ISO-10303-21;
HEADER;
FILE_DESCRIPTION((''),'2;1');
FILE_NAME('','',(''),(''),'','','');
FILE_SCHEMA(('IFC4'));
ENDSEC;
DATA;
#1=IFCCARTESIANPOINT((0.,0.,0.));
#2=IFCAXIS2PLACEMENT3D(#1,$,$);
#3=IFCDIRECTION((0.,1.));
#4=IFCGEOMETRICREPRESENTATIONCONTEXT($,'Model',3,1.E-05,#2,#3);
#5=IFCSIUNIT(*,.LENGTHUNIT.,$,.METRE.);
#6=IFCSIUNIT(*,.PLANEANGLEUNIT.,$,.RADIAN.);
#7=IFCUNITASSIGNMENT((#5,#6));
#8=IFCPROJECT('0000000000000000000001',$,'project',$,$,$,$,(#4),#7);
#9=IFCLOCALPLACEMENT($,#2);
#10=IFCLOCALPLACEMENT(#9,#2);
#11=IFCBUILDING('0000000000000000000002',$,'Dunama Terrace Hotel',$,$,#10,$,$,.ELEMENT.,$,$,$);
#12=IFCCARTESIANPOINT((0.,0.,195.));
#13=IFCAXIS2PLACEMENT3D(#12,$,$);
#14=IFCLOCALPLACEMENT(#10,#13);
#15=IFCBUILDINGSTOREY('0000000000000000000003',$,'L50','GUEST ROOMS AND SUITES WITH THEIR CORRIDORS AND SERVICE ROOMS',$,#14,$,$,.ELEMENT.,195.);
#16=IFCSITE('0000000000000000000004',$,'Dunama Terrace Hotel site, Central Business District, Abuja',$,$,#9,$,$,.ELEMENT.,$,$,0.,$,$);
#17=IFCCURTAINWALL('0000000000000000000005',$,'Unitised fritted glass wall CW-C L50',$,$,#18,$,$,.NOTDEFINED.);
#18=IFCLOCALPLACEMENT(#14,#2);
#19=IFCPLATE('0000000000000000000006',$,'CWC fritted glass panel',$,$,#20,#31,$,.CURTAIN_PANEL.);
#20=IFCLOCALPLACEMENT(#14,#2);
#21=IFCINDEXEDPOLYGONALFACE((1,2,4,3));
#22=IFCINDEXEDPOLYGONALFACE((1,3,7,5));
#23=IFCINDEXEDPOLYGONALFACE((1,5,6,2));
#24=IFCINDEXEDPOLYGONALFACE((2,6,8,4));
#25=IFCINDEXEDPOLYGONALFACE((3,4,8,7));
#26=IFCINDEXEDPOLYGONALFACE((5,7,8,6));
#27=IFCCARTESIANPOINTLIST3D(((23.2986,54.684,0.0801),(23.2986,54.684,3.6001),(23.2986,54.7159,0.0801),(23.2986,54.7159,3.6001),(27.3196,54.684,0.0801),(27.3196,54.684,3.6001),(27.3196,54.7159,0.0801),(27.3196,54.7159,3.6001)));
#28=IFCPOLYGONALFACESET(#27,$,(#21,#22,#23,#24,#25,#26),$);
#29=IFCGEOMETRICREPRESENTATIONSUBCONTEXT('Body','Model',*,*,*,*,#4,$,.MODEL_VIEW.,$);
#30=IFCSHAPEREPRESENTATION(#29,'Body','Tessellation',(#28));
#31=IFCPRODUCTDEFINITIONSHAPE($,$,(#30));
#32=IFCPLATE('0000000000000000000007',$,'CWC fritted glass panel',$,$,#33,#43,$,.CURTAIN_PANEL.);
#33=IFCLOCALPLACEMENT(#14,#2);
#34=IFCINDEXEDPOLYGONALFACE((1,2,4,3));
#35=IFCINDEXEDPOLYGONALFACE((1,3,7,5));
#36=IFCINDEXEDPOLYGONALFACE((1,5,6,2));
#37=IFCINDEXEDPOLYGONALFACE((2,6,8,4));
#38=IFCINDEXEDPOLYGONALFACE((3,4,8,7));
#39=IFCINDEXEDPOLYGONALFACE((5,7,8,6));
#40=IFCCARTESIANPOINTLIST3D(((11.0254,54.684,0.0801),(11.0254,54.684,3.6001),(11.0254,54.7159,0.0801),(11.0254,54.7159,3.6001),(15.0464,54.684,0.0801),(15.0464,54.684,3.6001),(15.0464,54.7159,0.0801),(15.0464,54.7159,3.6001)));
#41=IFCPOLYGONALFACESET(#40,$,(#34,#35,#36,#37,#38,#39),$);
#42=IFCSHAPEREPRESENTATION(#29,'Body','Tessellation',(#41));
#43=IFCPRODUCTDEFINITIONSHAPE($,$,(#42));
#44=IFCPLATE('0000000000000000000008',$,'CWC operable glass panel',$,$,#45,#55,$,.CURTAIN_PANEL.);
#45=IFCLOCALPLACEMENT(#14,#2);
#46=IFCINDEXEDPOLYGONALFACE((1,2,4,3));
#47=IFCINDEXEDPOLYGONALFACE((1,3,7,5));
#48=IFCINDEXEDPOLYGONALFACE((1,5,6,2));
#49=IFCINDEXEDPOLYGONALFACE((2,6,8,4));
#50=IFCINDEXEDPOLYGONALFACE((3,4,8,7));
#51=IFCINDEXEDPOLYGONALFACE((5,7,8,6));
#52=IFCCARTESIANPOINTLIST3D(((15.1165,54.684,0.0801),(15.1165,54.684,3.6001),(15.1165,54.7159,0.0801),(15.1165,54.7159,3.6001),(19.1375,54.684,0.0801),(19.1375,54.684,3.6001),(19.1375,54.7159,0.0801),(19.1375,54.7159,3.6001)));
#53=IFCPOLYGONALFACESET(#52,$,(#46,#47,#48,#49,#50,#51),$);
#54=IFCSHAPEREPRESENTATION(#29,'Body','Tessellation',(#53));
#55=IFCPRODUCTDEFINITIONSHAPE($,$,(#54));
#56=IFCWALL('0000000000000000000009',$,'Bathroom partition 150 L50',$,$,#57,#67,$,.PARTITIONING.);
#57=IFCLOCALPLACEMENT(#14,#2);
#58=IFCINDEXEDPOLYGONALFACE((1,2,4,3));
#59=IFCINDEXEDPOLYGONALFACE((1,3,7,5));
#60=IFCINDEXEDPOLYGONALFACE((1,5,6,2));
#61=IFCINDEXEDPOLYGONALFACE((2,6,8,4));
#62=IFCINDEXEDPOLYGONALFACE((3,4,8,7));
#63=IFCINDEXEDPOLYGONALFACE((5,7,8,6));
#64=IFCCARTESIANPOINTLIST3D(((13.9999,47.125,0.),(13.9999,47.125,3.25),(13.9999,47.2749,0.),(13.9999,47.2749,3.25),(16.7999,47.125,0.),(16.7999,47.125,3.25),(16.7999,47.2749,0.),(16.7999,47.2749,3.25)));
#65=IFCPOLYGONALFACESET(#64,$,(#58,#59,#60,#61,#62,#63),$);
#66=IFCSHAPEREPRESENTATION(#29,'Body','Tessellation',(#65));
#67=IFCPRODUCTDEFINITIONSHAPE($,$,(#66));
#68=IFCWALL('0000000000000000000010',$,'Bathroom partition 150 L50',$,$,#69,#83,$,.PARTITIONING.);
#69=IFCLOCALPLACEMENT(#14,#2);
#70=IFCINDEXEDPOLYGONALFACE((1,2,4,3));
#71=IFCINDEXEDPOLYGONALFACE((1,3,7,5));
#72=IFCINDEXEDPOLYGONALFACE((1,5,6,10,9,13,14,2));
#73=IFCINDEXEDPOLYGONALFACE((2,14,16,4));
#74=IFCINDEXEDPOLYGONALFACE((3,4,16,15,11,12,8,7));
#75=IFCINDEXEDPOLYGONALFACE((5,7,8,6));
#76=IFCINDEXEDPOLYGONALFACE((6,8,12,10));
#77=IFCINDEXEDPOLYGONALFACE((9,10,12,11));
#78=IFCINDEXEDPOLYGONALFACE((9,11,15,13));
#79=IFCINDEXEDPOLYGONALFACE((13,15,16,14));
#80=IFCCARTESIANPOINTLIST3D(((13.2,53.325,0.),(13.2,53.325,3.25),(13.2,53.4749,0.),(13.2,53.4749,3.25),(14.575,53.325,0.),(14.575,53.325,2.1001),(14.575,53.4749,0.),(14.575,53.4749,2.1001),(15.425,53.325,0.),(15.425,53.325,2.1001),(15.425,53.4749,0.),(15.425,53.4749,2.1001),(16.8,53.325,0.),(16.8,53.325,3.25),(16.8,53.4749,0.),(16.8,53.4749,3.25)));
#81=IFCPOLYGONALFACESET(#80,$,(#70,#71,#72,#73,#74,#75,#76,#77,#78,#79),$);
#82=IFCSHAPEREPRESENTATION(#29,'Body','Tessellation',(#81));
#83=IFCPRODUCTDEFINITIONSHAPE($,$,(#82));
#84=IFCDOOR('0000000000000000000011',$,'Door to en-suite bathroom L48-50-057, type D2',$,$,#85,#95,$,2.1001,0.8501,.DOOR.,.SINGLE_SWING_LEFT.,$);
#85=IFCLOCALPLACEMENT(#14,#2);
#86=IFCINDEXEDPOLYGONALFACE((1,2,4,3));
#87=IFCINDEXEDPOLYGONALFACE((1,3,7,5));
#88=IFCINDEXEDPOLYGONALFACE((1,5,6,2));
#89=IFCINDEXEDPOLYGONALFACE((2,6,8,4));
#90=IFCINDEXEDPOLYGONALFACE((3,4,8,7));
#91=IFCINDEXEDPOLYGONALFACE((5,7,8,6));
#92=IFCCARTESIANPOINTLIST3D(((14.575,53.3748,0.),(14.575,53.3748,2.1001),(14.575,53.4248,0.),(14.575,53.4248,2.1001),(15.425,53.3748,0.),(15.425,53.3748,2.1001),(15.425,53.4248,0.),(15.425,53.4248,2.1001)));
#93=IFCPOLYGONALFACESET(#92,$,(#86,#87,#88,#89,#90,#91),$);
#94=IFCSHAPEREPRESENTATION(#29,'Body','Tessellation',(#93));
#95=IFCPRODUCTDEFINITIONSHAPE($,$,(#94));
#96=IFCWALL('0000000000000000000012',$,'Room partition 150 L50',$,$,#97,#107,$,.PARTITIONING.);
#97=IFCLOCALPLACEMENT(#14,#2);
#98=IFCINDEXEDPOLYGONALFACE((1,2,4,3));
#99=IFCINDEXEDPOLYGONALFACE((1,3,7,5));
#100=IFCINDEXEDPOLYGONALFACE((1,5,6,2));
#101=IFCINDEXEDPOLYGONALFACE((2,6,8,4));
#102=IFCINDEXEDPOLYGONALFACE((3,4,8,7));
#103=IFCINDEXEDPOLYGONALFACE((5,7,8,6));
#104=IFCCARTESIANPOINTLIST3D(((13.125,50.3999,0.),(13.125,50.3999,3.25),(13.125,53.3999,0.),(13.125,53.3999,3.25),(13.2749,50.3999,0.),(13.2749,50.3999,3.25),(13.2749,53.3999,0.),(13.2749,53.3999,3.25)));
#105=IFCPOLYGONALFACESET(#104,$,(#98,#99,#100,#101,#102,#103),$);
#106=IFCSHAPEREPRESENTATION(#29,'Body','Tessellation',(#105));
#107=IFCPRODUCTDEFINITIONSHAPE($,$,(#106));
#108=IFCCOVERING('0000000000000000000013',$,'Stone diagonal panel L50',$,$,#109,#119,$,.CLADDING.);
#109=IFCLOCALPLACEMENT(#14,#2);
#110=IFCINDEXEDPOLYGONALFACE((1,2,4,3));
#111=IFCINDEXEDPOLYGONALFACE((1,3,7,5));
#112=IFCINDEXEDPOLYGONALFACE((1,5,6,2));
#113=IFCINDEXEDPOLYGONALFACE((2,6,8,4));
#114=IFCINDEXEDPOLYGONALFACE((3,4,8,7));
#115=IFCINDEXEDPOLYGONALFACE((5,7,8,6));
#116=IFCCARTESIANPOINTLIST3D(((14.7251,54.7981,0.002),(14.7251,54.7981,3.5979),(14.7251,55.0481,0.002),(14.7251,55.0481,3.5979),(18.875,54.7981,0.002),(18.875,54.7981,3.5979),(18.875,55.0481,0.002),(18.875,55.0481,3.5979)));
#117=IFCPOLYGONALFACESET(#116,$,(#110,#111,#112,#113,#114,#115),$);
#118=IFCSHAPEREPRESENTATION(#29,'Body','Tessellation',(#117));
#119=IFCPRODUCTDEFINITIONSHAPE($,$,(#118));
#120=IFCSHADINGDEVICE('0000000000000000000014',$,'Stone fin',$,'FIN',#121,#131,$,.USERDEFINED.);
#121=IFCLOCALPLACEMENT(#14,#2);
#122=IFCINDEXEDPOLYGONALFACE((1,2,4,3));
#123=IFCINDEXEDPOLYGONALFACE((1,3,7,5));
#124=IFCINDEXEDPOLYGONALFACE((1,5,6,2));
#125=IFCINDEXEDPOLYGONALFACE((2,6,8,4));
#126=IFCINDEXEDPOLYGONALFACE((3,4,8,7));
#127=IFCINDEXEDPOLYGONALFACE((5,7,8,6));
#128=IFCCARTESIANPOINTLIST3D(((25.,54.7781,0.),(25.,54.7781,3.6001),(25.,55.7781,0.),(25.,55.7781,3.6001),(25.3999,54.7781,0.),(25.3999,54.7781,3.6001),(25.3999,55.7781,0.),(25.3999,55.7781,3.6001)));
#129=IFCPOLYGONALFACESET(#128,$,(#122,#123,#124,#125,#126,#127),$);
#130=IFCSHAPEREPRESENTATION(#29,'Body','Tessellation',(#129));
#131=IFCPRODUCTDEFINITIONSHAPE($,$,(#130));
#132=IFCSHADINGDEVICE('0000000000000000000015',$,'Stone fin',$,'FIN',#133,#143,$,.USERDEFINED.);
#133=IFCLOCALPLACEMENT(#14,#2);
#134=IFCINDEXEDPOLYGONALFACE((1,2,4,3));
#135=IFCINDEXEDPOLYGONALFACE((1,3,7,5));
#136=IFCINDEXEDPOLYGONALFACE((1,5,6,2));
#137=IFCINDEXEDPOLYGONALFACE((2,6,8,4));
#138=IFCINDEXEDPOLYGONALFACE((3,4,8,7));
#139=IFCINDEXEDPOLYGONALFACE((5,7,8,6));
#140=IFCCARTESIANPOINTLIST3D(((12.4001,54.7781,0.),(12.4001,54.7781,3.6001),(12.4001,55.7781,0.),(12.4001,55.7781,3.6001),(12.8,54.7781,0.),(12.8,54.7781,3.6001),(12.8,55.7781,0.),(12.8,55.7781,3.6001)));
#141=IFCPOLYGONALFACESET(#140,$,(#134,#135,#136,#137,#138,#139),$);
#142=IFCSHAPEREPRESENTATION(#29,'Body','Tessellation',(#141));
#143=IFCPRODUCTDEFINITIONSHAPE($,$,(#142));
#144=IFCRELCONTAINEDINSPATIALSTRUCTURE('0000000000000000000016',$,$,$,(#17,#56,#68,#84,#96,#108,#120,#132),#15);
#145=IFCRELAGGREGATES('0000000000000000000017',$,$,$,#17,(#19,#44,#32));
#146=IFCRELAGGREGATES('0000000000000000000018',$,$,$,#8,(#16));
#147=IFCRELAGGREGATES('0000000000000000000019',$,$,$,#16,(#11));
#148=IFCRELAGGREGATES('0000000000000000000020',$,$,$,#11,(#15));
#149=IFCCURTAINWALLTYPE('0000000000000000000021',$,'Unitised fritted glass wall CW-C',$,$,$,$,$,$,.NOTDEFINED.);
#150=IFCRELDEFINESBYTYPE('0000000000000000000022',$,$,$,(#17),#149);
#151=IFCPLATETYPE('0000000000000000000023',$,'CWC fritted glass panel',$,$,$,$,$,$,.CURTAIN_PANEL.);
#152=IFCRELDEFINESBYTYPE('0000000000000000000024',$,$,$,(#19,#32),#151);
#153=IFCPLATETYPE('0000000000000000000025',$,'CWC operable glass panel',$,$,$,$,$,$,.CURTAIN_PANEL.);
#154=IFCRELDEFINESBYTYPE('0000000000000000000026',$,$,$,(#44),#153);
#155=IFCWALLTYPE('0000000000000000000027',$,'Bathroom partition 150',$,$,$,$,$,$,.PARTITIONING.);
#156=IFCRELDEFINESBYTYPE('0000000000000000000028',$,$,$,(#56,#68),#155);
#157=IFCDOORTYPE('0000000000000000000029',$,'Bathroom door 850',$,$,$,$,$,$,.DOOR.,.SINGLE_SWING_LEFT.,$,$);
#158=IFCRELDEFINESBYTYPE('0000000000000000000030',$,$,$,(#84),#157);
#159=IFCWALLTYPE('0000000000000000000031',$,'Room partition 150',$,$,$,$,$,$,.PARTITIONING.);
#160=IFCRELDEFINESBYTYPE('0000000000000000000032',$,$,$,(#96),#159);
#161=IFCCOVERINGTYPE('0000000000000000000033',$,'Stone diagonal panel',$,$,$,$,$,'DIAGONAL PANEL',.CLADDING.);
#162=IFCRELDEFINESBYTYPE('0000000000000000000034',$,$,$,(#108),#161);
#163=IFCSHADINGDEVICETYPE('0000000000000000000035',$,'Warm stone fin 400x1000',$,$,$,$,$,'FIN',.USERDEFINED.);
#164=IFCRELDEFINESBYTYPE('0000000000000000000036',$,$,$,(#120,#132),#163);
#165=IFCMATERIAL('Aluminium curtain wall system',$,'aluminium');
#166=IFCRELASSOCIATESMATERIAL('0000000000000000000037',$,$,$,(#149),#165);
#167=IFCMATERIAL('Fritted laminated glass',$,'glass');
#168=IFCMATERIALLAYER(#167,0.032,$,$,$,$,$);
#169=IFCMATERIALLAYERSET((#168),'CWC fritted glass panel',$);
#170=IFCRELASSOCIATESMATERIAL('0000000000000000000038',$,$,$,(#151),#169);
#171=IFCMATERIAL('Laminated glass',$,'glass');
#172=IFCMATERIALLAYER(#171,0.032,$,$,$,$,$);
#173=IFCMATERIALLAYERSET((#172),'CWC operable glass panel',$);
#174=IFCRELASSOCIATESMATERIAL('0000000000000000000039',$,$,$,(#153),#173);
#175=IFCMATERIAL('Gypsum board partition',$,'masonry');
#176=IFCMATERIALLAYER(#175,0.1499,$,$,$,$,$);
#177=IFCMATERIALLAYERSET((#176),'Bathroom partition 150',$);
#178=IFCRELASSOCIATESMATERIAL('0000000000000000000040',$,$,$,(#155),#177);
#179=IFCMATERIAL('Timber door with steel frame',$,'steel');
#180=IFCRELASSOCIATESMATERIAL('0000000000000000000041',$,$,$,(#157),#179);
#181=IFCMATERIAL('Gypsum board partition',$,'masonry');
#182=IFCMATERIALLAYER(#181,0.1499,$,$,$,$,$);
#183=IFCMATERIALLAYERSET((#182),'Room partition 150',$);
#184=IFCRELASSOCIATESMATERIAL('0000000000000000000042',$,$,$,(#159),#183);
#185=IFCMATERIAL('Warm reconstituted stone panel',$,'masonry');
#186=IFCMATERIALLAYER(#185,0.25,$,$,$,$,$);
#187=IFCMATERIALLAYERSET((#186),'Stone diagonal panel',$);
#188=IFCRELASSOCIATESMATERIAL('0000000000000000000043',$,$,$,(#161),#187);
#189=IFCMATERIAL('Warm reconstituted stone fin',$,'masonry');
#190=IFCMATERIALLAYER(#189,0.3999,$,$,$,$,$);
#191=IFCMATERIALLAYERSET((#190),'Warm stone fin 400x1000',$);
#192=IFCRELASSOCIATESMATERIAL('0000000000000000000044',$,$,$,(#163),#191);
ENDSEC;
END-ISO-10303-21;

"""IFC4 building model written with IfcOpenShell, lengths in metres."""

from ifc_helpers import new_model, si_unit, direction, frame, frame_2d, origin, origin_2d, place, context, subcontext, project, spatial, rectangle, extrude, material, layer, layer_set, type_object, element, fill, aggregate, save


model = new_model("IFC4")

# Units and contexts
model_context = context("Model", 3, precision=1e-05, world=origin(), true_north=direction((0.0, 1.0)))
body_context = subcontext(model_context, "Body", "Model", "MODEL_VIEW")
ifc_project = project(units=[si_unit("LENGTHUNIT", "METRE"), si_unit("PLANEANGLEUNIT", "RADIAN")], contexts=[model_context])

# Site, building, storey
site_placement = place(None, origin())
site = spatial("IfcSite", under=ifc_project, at=site_placement, Name="Dunama Terrace Hotel site, Central Business District, Abuja", CompositionType="ELEMENT", RefElevation=0.0)
building_placement = place(site_placement, origin())
building = spatial("IfcBuilding", under=site, at=building_placement, Name="Dunama Terrace Hotel", CompositionType="ELEMENT")
storey_placement = place(building_placement, frame((0.0, 0.0, 195.0)))
storey = spatial("IfcBuildingStorey", under=building, at=storey_placement, Name="L50", Description="GUEST ROOMS AND SUITES WITH THEIR CORRIDORS AND SERVICE ROOMS", CompositionType="ELEMENT", Elevation=195.0)

# Curtain wall
ifc_material_1 = material(Name="Aluminium curtain wall system", Category="aluminium")
curtain_wall_type = type_object("IfcCurtainWallType", Name="Unitised fritted glass wall CW-C", PredefinedType="NOTDEFINED", material=ifc_material_1)
curtain_wall_placement = place(storey_placement, origin())
curtain_wall = element("IfcCurtainWall", 1, at=curtain_wall_placement, inside=storey, type_object=curtain_wall_type, Name="Unitised fritted glass wall CW-C L50", PredefinedType="NOTDEFINED")

# Plates
ifc_material_2 = material(Name="Fritted laminated glass", Category="glass")
ifc_layer_1 = layer(ifc_material_2, 0.032)
ifc_layer_set_1 = layer_set([ifc_layer_1], Name="CWC fritted glass panel")
plate_type_1 = type_object("IfcPlateType", Name="CWC fritted glass panel", PredefinedType="CURTAIN_PANEL", material=ifc_layer_set_1)
plate_1_placement = place(storey_placement, frame((25.3091, 54.7, 0.0801), z_axis=(0.0, 0.0, 1.0), x_axis=(-1.0, 0.0, 0.0)))
plate_1 = element("IfcPlate", 2, at=plate_1_placement, type_object=plate_type_1, Name="CWC fritted glass panel", PredefinedType="CURTAIN_PANEL", context=body_context, shape_type="SweptSolid", body=[
    extrude(rectangle(XDim=4.021, YDim=0.032, at=origin_2d()), origin(), (0.0, 0.0, 1.0), 3.52),
])
plate_2_placement = place(storey_placement, frame((13.0359, 54.7, 0.0801), z_axis=(0.0, 0.0, 1.0), x_axis=(-1.0, 0.0, 0.0)))
plate_2 = element("IfcPlate", 3, at=plate_2_placement, type_object=plate_type_1, Name="CWC fritted glass panel", PredefinedType="CURTAIN_PANEL", context=body_context, shape_type="SweptSolid", body=[
    extrude(rectangle(XDim=4.021, YDim=0.032, at=origin_2d()), origin(), (0.0, 0.0, 1.0), 3.52),
])
ifc_material_3 = material(Name="Laminated glass", Category="glass")
ifc_layer_2 = layer(ifc_material_3, 0.032)
ifc_layer_set_2 = layer_set([ifc_layer_2], Name="CWC operable glass panel")
plate_type_2 = type_object("IfcPlateType", Name="CWC operable glass panel", PredefinedType="CURTAIN_PANEL", material=ifc_layer_set_2)
plate_3_placement = place(storey_placement, frame((17.127, 54.7, 0.0801), z_axis=(0.0, 0.0, 1.0), x_axis=(-1.0, 0.0, 0.0)))
plate_3 = element("IfcPlate", 4, at=plate_3_placement, type_object=plate_type_2, Name="CWC operable glass panel", PredefinedType="CURTAIN_PANEL", context=body_context, shape_type="SweptSolid", body=[
    extrude(rectangle(XDim=4.021, YDim=0.032, at=origin_2d()), origin(), (0.0, 0.0, 1.0), 3.52),
])
aggregate(curtain_wall, [plate_1, plate_3, plate_2])

# Wall
ifc_material_4 = material(Name="Gypsum board partition", Category="masonry")
ifc_layer_3 = layer(ifc_material_4, 0.1499)
ifc_layer_set_3 = layer_set([ifc_layer_3], Name="Bathroom partition 150")
wall_type_1 = type_object("IfcWallType", Name="Bathroom partition 150", PredefinedType="PARTITIONING", material=ifc_layer_set_3)
wall_1_placement = place(storey_placement, frame((14.0, 47.2, 0.0), z_axis=(0.0, 0.0, 1.0), x_axis=(1.0, 0.0, 0.0)))
element("IfcWall", 5, at=wall_1_placement, inside=storey, type_object=wall_type_1, Name="Bathroom partition 150 L50", PredefinedType="PARTITIONING", context=body_context, shape_type="SweptSolid", body=[
    extrude(rectangle(XDim=2.8, YDim=0.1499, at=frame_2d((1.3999, 0.0))), origin(), (0.0, 0.0, 1.0), 3.25),
])

# Wall, opening, door
wall_2_placement = place(storey_placement, frame((13.2, 53.3999, 0.0), z_axis=(0.0, 0.0, 1.0), x_axis=(1.0, 0.0, 0.0)))
wall_2 = element("IfcWall", 6, at=wall_2_placement, inside=storey, type_object=wall_type_1, Name="Bathroom partition 150 L50", PredefinedType="PARTITIONING", context=body_context, shape_type="SweptSolid", body=[
    extrude(rectangle(XDim=3.6001, YDim=0.1499, at=frame_2d((1.8, 0.0))), origin(), (0.0, 0.0, 1.0), 3.25),
])
opening_placement = place(wall_2_placement, frame((1.375, 0.0, 0.0)))
opening = element("IfcOpeningElement", 7, at=opening_placement, cuts=wall_2, PredefinedType="OPENING", context=body_context, shape_type="SweptSolid", body=[
    extrude(rectangle(XDim=0.8501, YDim=2.1001, at=frame_2d((0.425, 1.05))), frame((0.0, 0.085, 0.0), z_axis=(0.0, -1.0, 0.0), x_axis=(1.0, 0.0, 0.0)), (0.0, 0.0, 1.0), 0.1699),
])
ifc_material_5 = material(Name="Timber door with steel frame", Category="steel")
door_type = type_object("IfcDoorType", Name="Bathroom door 850", OperationType="SINGLE_SWING_LEFT", PredefinedType="DOOR", material=ifc_material_5)
door_placement = place(opening_placement, frame((0.8501, 0.0, 0.0), z_axis=(0.0, 0.0, 1.0), x_axis=(-1.0, 0.0, 0.0)))
door = element("IfcDoor", 8, at=door_placement, inside=storey, type_object=door_type, Name="Door to en-suite bathroom L48-50-057, type D2", OperationType="SINGLE_SWING_LEFT", OverallHeight=2.1001, OverallWidth=0.8501, PredefinedType="DOOR", context=body_context, shape_type="SweptSolid", body=[
    extrude(rectangle(XDim=0.8501, YDim=2.1001, at=frame_2d((0.425, 1.05))), frame((0.0, 0.0251, 0.0), z_axis=(0.0, -1.0, 0.0), x_axis=(1.0, 0.0, 0.0)), (0.0, 0.0, 1.0), 0.05),
])
fill(opening, door)

# Wall
ifc_material_6 = material(Name="Gypsum board partition", Category="masonry")
ifc_layer_4 = layer(ifc_material_6, 0.1499)
ifc_layer_set_4 = layer_set([ifc_layer_4], Name="Room partition 150")
wall_type_2 = type_object("IfcWallType", Name="Room partition 150", PredefinedType="PARTITIONING", material=ifc_layer_set_4)
wall_3_placement = place(storey_placement, frame((13.2, 50.3999, 0.0), z_axis=(0.0, 0.0, 1.0), x_axis=(0.0, 1.0, 0.0)))
element("IfcWall", 9, at=wall_3_placement, inside=storey, type_object=wall_type_2, Name="Room partition 150 L50", PredefinedType="PARTITIONING", context=body_context, shape_type="SweptSolid", body=[
    extrude(rectangle(XDim=3.0, YDim=0.1499, at=frame_2d((1.5, 0.0))), origin(), (0.0, 0.0, 1.0), 3.25),
])

# Covering
ifc_material_7 = material(Name="Warm reconstituted stone panel", Category="masonry")
ifc_layer_5 = layer(ifc_material_7, 0.25)
ifc_layer_set_5 = layer_set([ifc_layer_5], Name="Stone diagonal panel")
covering_type = type_object("IfcCoveringType", Name="Stone diagonal panel", ElementType="DIAGONAL PANEL", PredefinedType="CLADDING", material=ifc_layer_set_5)
covering_placement = place(storey_placement, frame((16.8, 54.9231, 0.002), z_axis=(0.0, 0.0, 1.0), x_axis=(-1.0, 0.0, 0.0)))
element("IfcCovering", 10, at=covering_placement, inside=storey, type_object=covering_type, Name="Stone diagonal panel L50", PredefinedType="CLADDING", context=body_context, shape_type="SweptSolid", body=[
    extrude(rectangle(XDim=4.1499, YDim=0.25, at=origin_2d()), origin(), (0.0, 0.0, 1.0), 3.5959),
])

# Shading devices
ifc_material_8 = material(Name="Warm reconstituted stone fin", Category="masonry")
ifc_layer_6 = layer(ifc_material_8, 0.3999)
ifc_layer_set_6 = layer_set([ifc_layer_6], Name="Warm stone fin 400x1000")
shading_device_type = type_object("IfcShadingDeviceType", Name="Warm stone fin 400x1000", ElementType="FIN", PredefinedType="USERDEFINED", material=ifc_layer_set_6)
for number, where, z_axis, x_axis, name in (
    (11, (25.2, 55.2781, 0.0), (0.0, 0.0, 1.0), (-1.0, 0.0, 0.0), "Stone fin"),
    (12, (12.6001, 55.2781, 0.0), (0.0, 0.0, 1.0), (-1.0, 0.0, 0.0), "Stone fin"),
):
    element("IfcShadingDevice", number, at=place(storey_placement, frame(where, z_axis=z_axis, x_axis=x_axis)), inside=storey, type_object=shading_device_type, Name=name, ObjectType="FIN", PredefinedType="USERDEFINED", context=body_context, shape_type="SweptSolid", body=[
        extrude(rectangle(XDim=0.3999, YDim=1.0, at=origin_2d()), origin(), (0.0, 0.0, 1.0), 3.6001),
    ])

save(model, "model.ifc")
